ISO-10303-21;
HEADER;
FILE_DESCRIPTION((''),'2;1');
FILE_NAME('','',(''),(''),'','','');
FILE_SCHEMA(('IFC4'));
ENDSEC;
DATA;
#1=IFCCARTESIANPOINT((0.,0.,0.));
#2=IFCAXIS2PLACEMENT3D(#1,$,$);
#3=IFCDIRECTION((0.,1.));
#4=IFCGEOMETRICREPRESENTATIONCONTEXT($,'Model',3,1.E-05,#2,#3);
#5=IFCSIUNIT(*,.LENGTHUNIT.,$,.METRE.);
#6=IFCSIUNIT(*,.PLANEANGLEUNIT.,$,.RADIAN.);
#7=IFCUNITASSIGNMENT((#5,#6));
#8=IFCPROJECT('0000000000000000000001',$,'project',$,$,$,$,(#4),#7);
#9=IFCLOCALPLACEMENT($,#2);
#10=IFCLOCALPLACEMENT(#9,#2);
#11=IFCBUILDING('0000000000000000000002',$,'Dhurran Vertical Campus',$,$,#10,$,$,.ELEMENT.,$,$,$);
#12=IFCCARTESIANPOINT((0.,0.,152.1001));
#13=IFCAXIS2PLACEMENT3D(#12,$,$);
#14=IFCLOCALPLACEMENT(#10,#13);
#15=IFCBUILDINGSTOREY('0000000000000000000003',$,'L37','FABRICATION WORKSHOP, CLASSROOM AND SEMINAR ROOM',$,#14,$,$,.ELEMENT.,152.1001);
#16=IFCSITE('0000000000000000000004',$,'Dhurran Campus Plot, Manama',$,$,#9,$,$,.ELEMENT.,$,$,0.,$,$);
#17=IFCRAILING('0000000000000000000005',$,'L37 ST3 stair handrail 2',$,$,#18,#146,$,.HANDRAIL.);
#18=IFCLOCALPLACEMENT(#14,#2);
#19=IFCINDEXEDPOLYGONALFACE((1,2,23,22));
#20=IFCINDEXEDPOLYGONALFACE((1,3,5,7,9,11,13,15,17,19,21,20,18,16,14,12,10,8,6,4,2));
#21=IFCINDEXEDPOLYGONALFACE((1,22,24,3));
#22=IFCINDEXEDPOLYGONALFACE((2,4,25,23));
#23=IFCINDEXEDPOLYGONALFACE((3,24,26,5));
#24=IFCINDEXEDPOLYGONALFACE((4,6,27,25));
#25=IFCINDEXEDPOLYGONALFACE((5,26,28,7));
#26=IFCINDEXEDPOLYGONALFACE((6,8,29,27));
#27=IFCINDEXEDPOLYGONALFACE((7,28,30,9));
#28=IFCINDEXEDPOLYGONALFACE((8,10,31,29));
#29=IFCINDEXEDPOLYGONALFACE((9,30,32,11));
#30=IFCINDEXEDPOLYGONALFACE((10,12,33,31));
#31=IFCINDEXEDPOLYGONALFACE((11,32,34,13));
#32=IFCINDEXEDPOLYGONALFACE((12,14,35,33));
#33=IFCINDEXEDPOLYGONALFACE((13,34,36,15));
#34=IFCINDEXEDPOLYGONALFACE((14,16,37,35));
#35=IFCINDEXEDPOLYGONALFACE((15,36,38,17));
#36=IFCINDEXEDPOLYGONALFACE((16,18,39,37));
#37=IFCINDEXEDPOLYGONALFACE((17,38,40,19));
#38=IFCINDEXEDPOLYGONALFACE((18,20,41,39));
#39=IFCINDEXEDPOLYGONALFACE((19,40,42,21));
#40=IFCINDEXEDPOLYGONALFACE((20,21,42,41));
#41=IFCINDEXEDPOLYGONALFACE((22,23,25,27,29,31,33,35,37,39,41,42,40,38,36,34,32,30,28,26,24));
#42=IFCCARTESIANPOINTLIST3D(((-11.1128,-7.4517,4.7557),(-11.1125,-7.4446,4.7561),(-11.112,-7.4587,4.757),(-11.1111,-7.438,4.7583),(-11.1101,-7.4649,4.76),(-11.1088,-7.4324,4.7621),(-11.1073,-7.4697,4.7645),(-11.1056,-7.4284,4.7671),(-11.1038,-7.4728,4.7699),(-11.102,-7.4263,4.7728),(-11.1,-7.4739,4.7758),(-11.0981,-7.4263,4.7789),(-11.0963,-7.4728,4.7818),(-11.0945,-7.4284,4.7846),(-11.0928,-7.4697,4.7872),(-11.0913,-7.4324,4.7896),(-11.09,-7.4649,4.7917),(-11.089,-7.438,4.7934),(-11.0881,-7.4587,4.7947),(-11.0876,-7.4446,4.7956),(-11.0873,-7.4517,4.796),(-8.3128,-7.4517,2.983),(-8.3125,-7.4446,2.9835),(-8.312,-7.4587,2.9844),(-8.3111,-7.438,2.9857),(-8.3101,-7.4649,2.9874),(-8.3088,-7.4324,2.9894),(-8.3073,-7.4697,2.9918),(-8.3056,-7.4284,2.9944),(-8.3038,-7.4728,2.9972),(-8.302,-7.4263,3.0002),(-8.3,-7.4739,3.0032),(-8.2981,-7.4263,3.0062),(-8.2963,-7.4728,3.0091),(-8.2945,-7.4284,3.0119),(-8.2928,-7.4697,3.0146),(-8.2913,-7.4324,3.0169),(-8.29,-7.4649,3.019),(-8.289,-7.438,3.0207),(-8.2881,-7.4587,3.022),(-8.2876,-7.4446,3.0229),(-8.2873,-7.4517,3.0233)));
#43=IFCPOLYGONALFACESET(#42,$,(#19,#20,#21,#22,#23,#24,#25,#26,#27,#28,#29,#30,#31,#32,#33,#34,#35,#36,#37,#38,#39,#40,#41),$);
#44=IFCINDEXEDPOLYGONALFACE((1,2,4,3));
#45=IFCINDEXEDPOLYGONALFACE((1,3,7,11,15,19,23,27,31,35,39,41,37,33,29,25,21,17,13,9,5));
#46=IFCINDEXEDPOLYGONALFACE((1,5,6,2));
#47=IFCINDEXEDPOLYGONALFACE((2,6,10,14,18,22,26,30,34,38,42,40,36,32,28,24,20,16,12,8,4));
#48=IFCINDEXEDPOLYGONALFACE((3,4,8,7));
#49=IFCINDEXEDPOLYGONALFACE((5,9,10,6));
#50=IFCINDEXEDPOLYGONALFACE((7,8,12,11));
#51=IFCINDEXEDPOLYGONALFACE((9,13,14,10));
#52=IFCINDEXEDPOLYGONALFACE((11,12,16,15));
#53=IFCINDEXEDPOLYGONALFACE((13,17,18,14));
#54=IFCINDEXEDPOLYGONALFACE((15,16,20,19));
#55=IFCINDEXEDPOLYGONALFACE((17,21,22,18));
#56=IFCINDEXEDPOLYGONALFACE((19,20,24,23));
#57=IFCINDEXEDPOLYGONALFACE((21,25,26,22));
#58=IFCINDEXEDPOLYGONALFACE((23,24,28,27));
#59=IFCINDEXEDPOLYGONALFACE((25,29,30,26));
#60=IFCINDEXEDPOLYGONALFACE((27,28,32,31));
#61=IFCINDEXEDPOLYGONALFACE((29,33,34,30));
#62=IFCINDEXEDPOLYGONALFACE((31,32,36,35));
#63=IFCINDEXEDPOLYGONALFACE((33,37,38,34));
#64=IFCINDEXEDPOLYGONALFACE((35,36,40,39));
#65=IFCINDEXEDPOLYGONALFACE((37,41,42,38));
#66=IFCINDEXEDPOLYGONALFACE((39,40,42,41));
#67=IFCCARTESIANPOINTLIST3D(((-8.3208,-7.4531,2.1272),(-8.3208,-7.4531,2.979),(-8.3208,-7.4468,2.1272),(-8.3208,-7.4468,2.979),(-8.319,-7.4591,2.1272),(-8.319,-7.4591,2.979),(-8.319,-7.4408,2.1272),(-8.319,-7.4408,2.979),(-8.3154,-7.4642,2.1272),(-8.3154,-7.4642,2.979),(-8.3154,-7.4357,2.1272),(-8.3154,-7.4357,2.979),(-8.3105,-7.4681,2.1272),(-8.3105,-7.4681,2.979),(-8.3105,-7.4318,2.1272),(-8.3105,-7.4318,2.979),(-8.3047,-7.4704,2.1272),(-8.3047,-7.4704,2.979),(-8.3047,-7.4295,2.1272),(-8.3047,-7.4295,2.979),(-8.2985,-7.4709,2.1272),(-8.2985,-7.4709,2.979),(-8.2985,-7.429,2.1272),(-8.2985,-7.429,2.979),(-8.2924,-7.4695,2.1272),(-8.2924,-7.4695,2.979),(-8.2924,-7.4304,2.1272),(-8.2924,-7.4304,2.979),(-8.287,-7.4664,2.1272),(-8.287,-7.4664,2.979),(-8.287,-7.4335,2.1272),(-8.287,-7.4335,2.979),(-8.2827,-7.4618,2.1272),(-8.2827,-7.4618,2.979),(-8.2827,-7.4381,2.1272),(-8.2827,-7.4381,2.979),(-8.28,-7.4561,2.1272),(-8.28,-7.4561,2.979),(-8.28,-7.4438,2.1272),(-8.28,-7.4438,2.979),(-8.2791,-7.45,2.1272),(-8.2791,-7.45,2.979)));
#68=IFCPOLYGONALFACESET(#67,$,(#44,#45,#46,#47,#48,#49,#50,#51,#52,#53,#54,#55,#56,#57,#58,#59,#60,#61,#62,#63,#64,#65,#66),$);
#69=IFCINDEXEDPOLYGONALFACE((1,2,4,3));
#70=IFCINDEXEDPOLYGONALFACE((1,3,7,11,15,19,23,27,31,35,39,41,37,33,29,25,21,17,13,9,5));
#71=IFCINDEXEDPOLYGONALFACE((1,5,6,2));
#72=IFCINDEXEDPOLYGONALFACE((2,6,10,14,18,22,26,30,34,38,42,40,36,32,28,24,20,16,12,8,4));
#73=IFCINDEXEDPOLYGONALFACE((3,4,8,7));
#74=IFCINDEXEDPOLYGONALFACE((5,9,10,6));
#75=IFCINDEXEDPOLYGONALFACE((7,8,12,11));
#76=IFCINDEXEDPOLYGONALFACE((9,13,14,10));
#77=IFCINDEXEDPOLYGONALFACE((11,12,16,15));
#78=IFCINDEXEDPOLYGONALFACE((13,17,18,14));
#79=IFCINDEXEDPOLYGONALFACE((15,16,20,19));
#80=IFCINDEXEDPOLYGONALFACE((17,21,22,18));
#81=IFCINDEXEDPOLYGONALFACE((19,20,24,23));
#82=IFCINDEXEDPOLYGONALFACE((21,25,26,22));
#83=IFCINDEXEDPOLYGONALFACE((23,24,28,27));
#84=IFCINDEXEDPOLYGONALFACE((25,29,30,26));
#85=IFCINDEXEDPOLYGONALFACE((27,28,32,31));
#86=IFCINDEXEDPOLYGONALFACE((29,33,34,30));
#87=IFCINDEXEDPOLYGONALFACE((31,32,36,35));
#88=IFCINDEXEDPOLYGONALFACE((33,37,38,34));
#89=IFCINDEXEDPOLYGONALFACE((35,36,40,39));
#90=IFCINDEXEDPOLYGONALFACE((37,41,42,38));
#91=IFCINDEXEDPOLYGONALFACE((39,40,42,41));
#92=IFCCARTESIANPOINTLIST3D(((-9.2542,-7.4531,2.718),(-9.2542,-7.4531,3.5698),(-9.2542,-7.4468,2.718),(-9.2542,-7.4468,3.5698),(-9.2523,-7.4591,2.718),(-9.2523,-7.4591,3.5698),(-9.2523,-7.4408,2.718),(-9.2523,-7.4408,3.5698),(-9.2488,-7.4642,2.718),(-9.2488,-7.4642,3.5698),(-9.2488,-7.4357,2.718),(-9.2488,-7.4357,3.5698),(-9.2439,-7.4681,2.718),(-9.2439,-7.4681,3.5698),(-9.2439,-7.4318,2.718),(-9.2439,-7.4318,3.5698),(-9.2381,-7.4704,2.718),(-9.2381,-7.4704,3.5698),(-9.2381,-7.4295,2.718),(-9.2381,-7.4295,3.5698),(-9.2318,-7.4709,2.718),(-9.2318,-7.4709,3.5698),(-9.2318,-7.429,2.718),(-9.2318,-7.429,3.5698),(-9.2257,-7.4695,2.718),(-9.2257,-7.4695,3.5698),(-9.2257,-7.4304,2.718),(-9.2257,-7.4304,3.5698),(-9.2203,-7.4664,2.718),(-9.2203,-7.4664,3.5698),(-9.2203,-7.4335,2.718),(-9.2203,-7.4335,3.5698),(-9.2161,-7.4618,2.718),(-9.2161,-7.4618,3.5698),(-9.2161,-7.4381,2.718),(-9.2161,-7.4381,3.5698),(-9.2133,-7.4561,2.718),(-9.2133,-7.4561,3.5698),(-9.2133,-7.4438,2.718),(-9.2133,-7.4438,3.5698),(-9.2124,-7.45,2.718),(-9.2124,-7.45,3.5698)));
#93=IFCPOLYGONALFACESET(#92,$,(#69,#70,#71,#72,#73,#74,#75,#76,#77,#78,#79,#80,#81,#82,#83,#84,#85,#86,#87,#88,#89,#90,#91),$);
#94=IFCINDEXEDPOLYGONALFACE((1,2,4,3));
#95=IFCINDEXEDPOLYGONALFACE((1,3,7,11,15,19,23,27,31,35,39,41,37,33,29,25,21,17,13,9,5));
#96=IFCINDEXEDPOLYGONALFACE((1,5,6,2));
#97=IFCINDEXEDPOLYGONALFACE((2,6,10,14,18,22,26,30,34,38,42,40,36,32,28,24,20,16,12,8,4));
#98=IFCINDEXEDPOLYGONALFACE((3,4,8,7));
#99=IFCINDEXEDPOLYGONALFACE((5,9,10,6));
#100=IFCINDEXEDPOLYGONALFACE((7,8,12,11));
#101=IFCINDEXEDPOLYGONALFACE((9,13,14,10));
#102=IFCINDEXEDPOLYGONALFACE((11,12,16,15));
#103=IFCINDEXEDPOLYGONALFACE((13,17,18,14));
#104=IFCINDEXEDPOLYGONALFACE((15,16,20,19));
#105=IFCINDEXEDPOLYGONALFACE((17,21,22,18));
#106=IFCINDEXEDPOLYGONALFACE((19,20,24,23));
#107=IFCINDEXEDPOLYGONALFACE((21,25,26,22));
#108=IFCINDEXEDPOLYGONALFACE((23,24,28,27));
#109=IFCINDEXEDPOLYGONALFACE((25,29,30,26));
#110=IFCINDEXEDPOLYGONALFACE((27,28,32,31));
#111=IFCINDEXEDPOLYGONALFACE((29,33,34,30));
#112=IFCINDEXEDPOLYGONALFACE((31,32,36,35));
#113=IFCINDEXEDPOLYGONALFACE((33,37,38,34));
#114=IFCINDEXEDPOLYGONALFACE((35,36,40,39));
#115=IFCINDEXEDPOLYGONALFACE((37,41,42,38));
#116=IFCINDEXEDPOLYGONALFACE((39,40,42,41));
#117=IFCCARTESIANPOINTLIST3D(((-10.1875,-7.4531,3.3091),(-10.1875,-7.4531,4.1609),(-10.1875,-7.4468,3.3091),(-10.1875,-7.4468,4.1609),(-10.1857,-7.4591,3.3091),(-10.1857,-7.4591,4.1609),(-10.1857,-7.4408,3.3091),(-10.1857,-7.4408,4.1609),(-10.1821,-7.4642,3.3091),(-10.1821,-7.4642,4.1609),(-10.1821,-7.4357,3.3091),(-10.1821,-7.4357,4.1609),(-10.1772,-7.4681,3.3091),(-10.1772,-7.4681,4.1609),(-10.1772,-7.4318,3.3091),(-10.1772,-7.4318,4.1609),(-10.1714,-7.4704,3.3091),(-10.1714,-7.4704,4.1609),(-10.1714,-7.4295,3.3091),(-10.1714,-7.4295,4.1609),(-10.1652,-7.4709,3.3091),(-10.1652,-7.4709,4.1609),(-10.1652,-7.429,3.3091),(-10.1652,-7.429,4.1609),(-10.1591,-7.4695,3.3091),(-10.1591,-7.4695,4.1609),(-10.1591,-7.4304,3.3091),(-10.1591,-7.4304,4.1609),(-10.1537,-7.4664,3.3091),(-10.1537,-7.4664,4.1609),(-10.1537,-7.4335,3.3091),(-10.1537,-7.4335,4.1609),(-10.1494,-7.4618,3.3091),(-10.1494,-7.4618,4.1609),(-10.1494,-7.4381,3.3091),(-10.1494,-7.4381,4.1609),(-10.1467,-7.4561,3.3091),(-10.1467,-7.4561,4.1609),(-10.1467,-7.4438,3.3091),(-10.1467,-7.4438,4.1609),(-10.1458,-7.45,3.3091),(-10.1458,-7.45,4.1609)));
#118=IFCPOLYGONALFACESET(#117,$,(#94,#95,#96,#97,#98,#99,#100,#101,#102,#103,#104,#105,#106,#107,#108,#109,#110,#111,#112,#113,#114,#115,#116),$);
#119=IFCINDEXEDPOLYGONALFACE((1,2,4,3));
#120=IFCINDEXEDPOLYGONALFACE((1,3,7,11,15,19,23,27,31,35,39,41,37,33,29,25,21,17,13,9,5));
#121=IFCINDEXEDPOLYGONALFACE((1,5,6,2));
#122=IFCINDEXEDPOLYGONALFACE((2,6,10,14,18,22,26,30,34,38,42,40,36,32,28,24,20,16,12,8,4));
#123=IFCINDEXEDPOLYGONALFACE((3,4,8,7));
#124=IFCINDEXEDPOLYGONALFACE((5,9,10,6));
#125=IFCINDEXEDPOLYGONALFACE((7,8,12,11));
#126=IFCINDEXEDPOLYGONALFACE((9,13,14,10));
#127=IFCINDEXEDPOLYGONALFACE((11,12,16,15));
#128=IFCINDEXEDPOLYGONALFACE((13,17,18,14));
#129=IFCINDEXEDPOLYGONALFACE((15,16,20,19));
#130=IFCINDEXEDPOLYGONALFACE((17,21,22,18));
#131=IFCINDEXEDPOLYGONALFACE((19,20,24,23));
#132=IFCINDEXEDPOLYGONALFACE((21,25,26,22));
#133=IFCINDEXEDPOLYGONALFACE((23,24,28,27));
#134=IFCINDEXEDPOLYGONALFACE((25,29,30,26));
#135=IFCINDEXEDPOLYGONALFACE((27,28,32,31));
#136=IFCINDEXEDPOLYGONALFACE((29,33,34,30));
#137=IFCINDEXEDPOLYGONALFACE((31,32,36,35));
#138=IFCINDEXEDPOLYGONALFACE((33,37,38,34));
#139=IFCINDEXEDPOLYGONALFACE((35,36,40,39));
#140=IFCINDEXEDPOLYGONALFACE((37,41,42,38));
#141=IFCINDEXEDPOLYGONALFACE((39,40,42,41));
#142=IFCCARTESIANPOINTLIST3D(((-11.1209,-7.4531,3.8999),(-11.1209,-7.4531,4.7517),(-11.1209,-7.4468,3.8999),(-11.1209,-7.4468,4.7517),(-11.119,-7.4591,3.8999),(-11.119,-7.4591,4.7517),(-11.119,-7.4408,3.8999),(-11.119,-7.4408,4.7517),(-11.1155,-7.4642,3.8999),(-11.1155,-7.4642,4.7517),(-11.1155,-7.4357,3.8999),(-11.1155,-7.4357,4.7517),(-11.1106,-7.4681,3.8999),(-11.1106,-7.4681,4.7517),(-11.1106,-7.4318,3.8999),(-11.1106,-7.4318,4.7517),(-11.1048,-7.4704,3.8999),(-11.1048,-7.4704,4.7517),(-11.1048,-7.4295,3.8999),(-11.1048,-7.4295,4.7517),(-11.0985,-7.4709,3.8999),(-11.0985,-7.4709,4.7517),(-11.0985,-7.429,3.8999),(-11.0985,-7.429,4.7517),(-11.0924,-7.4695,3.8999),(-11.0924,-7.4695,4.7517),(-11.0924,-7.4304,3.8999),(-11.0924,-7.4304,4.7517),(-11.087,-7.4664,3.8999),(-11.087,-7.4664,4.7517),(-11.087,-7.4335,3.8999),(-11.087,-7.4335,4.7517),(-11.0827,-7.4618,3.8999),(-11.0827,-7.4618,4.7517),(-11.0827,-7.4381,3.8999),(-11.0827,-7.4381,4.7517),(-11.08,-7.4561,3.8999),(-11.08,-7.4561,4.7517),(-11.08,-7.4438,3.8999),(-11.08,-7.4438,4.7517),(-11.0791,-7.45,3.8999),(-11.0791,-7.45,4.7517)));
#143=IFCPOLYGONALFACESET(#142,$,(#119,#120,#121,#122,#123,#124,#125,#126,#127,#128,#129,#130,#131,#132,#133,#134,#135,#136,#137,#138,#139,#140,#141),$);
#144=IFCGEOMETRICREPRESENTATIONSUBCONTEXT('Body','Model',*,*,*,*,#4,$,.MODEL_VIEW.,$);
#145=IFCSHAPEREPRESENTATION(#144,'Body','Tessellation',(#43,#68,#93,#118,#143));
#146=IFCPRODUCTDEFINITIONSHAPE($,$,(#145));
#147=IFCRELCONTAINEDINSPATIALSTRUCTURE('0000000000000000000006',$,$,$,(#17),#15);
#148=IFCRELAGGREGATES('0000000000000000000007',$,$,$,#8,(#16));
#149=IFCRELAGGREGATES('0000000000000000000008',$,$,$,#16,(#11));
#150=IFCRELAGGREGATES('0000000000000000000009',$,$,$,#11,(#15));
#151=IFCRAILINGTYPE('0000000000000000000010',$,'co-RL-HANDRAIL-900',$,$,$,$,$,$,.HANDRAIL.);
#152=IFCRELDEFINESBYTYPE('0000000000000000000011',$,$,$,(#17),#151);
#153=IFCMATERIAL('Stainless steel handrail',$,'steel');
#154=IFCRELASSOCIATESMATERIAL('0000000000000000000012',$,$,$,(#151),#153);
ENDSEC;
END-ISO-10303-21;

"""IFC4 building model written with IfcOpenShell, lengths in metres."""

from ifc_helpers import new_model, si_unit, direction, frame, origin, origin_2d, place, context, subcontext, project, spatial, circle, extrude, material, type_object, element, save


model = new_model("IFC4")

# Units and contexts
model_context = context("Model", 3, precision=1e-05, world=origin(), true_north=direction((0.0, 1.0)))
body_context = subcontext(model_context, "Body", "Model", "MODEL_VIEW")
ifc_project = project(units=[si_unit("LENGTHUNIT", "METRE"), si_unit("PLANEANGLEUNIT", "RADIAN")], contexts=[model_context])

# Site, building, storey
site_placement = place(None, origin())
site = spatial("IfcSite", under=ifc_project, at=site_placement, Name="Dhurran Campus Plot, Manama", CompositionType="ELEMENT", RefElevation=0.0)
building_placement = place(site_placement, origin())
building = spatial("IfcBuilding", under=site, at=building_placement, Name="Dhurran Vertical Campus", CompositionType="ELEMENT")
storey_placement = place(building_placement, frame((0.0, 0.0, 152.1001)))
storey = spatial("IfcBuildingStorey", under=building, at=storey_placement, Name="L37", Description="FABRICATION WORKSHOP, CLASSROOM AND SEMINAR ROOM", CompositionType="ELEMENT", Elevation=152.1001)

# Railing
ifc_material_1 = material(Name="Stainless steel handrail", Category="steel")
railing_type_1 = type_object("IfcRailingType", Name="co-RL-HANDRAIL-900", PredefinedType="HANDRAIL", material=ifc_material_1)
railing_1_placement = place(storey_placement, frame((-8.3, -7.45, 2.1272)))
element("IfcRailing", 1, at=railing_1_placement, inside=storey, type_object=railing_type_1, Name="L37 ST3 stair handrail 2", PredefinedType="HANDRAIL", context=body_context, shape_type="SweptSolid", body=[
    extrude(circle(Radius=0.0239, at=origin_2d()), frame((0.0, 0.0, 0.876), z_axis=(-0.844909, 0.0, 0.53491), x_axis=(0.0, -1.0, 0.0)), (0.0, 0.0, 1.0), 3.314),
    extrude(circle(Radius=0.021, at=origin_2d()), origin(), (0.0, 0.0, 1.0), 0.8518),
    extrude(circle(Radius=0.021, at=origin_2d()), frame((-0.9333, 0.0, 0.5908)), (0.0, 0.0, 1.0), 0.8518),
    extrude(circle(Radius=0.021, at=origin_2d()), frame((-1.8667, 0.0, 1.1819)), (0.0, 0.0, 1.0), 0.8518),
    extrude(circle(Radius=0.021, at=origin_2d()), frame((-2.8, 0.0, 1.7727)), (0.0, 0.0, 1.0), 0.8518),
])

save(model, "model.ifc")
